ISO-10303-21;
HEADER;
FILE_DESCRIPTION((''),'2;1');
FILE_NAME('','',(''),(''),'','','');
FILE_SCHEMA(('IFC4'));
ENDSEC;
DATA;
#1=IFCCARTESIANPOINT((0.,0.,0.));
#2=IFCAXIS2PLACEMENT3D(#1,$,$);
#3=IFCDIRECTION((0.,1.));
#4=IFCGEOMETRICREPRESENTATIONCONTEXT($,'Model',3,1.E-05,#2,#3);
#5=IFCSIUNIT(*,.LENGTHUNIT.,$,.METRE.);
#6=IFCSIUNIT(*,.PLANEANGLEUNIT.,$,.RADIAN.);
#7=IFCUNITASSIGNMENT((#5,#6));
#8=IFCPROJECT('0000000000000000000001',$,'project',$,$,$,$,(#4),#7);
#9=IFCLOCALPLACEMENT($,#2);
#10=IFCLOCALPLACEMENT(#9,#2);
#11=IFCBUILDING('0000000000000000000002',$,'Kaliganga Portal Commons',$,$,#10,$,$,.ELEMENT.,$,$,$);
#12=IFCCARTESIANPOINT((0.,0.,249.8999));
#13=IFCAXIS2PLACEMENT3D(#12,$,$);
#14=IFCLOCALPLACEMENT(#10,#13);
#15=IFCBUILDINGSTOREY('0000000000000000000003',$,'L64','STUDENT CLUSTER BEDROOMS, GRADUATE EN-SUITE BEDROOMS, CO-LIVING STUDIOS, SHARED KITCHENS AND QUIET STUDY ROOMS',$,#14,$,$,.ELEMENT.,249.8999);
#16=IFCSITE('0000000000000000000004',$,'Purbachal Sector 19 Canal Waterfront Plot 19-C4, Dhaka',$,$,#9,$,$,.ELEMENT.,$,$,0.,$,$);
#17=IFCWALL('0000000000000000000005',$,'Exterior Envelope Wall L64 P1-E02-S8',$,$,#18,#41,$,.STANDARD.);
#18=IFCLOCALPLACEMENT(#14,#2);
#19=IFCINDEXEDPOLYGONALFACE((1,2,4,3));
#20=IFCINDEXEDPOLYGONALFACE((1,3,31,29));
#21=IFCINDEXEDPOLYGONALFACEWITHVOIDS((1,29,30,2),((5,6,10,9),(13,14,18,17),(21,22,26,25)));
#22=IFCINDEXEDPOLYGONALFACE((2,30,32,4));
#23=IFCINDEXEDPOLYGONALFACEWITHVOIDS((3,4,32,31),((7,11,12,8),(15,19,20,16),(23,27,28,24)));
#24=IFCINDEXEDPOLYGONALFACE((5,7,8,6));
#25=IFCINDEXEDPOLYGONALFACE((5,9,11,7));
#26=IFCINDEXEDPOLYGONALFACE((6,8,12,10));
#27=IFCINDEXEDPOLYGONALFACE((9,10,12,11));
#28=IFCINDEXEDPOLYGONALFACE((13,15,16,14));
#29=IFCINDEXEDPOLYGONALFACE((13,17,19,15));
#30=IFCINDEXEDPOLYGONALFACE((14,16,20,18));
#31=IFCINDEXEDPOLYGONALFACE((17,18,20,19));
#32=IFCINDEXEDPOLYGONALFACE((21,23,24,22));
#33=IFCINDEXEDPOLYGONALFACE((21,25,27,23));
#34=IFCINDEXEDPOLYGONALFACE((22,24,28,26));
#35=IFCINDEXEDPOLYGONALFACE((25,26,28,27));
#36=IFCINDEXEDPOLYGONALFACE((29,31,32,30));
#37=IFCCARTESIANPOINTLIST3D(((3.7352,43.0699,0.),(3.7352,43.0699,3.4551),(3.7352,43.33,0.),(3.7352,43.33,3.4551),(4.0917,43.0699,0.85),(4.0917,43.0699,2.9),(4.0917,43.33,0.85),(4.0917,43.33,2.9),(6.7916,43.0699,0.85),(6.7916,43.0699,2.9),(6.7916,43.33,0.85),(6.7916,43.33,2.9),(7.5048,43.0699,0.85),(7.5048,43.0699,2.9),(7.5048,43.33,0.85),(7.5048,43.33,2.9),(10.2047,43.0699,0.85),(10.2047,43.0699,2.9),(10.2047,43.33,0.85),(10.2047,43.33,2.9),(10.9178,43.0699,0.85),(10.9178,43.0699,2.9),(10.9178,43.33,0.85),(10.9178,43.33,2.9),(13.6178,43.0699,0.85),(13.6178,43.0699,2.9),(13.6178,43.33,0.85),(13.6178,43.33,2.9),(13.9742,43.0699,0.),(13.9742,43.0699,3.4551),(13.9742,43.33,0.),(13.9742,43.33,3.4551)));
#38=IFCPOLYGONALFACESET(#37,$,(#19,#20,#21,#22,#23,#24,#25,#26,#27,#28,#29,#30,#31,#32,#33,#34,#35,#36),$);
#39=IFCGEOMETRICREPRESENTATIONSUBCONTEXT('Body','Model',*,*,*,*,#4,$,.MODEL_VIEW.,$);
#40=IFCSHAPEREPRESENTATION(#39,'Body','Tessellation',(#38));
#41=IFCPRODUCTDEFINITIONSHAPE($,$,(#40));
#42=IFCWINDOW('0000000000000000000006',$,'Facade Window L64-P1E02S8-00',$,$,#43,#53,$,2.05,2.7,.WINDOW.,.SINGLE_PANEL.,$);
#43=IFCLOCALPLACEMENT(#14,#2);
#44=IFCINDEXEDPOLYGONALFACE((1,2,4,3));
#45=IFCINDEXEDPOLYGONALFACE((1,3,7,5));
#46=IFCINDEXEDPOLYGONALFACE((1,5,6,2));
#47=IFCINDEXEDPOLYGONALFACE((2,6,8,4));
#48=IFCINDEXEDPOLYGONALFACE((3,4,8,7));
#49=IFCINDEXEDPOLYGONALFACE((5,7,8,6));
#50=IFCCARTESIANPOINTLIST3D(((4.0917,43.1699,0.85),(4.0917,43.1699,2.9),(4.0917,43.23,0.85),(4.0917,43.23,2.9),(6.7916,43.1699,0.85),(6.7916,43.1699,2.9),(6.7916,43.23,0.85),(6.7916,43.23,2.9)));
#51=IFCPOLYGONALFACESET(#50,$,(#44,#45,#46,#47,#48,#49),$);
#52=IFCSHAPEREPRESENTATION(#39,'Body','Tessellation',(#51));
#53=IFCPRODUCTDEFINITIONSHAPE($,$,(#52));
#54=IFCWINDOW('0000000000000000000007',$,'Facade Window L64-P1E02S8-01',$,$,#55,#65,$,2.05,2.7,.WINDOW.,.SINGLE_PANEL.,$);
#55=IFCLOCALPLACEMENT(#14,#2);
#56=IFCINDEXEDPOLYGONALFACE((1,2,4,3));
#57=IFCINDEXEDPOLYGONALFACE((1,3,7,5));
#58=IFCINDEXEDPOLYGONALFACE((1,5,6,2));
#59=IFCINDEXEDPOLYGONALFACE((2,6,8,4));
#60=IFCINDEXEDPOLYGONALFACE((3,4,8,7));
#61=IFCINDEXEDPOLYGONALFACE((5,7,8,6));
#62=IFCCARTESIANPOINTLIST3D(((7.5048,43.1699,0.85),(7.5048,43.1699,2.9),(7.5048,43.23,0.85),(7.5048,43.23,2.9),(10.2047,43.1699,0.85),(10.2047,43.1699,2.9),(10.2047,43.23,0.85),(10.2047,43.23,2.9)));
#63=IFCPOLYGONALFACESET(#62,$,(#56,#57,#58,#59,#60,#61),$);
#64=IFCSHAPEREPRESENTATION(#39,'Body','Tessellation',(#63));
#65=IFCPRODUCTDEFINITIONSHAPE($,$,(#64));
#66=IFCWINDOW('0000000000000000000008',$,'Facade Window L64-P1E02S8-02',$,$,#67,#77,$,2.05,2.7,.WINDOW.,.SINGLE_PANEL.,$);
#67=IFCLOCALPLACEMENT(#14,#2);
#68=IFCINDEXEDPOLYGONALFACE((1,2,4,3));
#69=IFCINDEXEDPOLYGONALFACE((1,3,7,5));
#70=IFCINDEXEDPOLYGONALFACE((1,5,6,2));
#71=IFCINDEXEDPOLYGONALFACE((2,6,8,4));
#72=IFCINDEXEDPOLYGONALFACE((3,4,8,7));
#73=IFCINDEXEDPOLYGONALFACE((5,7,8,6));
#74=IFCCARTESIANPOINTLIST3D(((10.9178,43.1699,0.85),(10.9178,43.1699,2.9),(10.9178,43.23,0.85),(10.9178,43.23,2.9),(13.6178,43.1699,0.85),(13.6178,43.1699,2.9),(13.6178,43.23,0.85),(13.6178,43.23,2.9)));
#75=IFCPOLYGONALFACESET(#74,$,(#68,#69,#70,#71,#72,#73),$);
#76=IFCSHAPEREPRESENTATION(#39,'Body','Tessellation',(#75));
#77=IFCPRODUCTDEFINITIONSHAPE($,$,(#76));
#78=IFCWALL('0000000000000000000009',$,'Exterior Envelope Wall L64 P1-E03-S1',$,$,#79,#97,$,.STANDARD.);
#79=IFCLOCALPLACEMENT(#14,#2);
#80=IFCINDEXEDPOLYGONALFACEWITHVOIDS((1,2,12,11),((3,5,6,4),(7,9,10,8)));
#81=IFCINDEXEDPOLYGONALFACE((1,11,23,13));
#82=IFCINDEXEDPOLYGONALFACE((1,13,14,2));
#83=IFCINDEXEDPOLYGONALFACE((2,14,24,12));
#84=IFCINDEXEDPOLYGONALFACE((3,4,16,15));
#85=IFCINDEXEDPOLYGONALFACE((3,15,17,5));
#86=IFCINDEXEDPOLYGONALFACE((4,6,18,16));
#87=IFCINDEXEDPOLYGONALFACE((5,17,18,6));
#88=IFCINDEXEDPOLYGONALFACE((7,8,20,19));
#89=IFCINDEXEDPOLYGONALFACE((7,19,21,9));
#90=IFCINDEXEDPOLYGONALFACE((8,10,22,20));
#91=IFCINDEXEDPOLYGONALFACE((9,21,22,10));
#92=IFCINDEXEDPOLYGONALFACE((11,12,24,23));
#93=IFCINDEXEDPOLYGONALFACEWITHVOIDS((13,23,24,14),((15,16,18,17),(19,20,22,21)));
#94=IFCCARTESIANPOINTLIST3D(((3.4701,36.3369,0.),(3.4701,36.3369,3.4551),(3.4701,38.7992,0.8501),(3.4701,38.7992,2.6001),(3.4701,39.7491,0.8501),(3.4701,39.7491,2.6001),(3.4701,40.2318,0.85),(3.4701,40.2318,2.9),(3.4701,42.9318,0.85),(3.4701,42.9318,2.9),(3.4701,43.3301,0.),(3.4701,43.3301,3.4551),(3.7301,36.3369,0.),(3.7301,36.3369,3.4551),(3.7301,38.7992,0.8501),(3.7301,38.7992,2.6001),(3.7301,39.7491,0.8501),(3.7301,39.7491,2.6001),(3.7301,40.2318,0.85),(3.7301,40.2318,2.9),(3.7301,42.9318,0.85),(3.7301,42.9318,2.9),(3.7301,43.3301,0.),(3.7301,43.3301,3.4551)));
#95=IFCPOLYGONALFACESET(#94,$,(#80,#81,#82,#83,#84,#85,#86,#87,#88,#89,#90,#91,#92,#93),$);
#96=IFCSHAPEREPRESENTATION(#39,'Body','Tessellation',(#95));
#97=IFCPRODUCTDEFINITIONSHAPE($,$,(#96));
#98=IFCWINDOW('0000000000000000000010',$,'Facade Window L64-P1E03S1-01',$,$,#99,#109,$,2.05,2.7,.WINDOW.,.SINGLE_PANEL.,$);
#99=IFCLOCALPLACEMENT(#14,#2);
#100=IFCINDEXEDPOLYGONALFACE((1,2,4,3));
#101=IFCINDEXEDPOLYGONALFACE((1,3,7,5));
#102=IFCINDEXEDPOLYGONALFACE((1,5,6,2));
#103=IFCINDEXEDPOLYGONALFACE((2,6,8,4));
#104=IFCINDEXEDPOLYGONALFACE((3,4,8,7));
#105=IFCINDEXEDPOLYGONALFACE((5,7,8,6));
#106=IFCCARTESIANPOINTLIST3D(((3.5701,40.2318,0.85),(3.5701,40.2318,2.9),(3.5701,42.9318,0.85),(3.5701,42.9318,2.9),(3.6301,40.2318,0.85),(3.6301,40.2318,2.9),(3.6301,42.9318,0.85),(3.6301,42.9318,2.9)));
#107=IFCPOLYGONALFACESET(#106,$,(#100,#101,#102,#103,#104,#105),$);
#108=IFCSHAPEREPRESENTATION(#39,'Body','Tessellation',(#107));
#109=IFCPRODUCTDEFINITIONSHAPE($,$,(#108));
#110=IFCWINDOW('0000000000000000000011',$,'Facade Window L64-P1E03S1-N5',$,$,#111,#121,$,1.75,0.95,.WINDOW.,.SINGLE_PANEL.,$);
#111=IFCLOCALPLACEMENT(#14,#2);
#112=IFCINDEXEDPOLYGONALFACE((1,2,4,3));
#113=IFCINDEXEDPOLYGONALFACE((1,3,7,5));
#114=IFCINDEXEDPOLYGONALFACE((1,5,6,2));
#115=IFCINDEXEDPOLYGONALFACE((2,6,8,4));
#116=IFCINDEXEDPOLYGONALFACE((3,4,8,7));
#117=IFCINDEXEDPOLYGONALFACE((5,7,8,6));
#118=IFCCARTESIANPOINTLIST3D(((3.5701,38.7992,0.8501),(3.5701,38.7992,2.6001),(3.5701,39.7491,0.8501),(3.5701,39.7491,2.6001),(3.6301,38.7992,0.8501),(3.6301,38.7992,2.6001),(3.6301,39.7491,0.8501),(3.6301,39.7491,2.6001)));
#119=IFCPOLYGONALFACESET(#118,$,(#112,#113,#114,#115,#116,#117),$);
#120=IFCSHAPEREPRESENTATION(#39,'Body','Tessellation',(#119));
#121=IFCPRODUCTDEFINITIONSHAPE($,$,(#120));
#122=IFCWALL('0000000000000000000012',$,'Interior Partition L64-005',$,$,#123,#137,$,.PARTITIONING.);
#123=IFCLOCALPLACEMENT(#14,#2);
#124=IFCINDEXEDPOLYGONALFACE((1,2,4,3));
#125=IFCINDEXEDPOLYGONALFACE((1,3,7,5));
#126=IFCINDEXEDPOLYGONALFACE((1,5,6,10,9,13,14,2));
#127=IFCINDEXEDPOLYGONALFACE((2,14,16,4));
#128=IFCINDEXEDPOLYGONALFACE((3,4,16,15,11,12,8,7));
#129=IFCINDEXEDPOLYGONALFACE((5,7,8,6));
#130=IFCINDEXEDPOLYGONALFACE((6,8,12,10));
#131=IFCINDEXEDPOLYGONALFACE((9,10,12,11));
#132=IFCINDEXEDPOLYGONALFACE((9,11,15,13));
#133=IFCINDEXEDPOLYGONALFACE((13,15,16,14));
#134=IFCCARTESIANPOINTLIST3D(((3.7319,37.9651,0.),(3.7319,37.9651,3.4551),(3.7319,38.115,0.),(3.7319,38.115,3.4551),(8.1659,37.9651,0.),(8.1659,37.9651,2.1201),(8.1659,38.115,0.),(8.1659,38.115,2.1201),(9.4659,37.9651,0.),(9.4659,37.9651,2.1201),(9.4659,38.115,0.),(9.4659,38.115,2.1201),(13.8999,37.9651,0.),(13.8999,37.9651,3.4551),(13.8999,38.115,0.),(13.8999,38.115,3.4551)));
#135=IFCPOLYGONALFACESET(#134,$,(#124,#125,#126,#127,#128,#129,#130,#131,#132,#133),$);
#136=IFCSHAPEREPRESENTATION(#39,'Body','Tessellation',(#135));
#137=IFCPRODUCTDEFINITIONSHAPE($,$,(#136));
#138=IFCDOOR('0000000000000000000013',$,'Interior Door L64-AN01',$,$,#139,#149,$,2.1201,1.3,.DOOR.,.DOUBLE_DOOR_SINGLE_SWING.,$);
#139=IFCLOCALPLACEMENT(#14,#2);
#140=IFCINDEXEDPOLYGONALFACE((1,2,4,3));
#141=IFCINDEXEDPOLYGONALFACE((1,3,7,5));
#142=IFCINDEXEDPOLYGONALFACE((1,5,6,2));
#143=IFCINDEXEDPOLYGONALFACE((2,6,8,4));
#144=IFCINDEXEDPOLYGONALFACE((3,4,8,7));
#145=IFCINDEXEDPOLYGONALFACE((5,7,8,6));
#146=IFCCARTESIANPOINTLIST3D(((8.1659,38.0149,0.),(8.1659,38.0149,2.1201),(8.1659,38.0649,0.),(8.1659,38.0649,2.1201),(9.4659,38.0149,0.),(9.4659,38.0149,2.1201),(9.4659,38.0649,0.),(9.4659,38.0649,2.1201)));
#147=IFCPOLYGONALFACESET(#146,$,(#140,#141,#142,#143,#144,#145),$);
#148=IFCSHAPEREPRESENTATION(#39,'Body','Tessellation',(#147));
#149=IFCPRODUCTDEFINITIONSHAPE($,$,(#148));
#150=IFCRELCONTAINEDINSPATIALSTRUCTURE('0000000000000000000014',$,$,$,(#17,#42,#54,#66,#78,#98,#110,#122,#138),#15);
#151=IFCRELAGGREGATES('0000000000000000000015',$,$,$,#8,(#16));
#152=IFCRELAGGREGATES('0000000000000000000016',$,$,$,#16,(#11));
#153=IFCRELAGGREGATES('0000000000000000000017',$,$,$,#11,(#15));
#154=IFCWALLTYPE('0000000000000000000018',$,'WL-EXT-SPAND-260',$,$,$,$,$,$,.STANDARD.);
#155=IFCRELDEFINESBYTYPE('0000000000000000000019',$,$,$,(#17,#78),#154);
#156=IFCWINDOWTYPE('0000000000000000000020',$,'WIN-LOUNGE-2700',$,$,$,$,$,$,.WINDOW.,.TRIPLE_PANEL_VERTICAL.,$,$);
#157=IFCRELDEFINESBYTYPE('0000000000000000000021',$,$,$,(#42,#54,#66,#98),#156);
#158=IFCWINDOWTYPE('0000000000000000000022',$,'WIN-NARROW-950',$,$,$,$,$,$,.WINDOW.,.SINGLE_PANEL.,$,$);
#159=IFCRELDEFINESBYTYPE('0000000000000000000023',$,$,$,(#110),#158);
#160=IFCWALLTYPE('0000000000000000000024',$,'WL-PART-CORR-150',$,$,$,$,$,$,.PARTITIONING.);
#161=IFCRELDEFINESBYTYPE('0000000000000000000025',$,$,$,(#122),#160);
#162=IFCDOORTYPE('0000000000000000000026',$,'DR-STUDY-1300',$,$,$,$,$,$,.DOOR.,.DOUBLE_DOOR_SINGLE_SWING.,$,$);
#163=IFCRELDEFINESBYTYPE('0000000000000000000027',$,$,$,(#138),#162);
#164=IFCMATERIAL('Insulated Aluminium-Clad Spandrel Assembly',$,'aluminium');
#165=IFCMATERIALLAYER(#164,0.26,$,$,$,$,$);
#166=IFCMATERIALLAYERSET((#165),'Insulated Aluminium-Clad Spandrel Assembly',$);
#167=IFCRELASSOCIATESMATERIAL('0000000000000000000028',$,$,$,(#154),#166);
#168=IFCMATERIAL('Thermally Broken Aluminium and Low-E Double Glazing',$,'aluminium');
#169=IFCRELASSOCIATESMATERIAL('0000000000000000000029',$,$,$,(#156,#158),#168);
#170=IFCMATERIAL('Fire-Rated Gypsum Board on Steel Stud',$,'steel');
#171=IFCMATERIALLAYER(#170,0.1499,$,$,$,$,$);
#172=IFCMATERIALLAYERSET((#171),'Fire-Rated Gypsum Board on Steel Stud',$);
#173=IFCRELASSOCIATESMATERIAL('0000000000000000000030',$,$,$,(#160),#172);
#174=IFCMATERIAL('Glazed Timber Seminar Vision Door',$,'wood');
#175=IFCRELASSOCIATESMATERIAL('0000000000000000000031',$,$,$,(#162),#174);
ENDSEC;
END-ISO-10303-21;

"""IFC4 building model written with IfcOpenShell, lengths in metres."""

from ifc_helpers import new_model, si_unit, direction, frame, frame_2d, origin, place, context, subcontext, project, spatial, rectangle, extrude, material, layer, layer_set, type_object, element, fill, save


model = new_model("IFC4")

# Units and contexts
model_context = context("Model", 3, precision=1e-05, world=origin(), true_north=direction((0.0, 1.0)))
body_context = subcontext(model_context, "Body", "Model", "MODEL_VIEW")
ifc_project = project(units=[si_unit("LENGTHUNIT", "METRE"), si_unit("PLANEANGLEUNIT", "RADIAN")], contexts=[model_context])

# Site, building, storey
site_placement = place(None, origin())
site = spatial("IfcSite", under=ifc_project, at=site_placement, Name="Purbachal Sector 19 Canal Waterfront Plot 19-C4, Dhaka", CompositionType="ELEMENT", RefElevation=0.0)
building_placement = place(site_placement, origin())
building = spatial("IfcBuilding", under=site, at=building_placement, Name="Kaliganga Portal Commons", CompositionType="ELEMENT")
storey_placement = place(building_placement, frame((0.0, 0.0, 249.8999)))
storey = spatial("IfcBuildingStorey", under=building, at=storey_placement, Name="L64", Description="STUDENT CLUSTER BEDROOMS, GRADUATE EN-SUITE BEDROOMS, CO-LIVING STUDIOS, SHARED KITCHENS AND QUIET STUDY ROOMS", CompositionType="ELEMENT", Elevation=249.8999)

# Walls, openings, windows
ifc_material_1 = material(Name="Insulated Aluminium-Clad Spandrel Assembly", Category="aluminium")
ifc_layer_1 = layer(ifc_material_1, 0.26)
ifc_layer_set_1 = layer_set([ifc_layer_1], Name="Insulated Aluminium-Clad Spandrel Assembly")
wall_type_1 = type_object("IfcWallType", Name="WL-EXT-SPAND-260", PredefinedType="STANDARD", material=ifc_layer_set_1)
wall_1_placement = place(storey_placement, frame((3.7351, 43.2, 0.0), z_axis=(0.0, 0.0, 1.0), x_axis=(1.0, 0.0, 0.0)))
wall_1 = element("IfcWall", 1, at=wall_1_placement, inside=storey, type_object=wall_type_1, Name="Exterior Envelope Wall L64 P1-E02-S8", PredefinedType="STANDARD", context=body_context, shape_type="SweptSolid", body=[
    extrude(rectangle(XDim=10.239, YDim=0.26, at=frame_2d((5.1196, 0.0))), origin(), (0.0, 0.0, 1.0), 3.4551),
])
opening_1_placement = place(wall_1_placement, frame((0.3564, 0.0, 0.8501)))
opening_1 = element("IfcOpeningElement", 2, at=opening_1_placement, cuts=wall_1, PredefinedType="OPENING", context=body_context, shape_type="SweptSolid", body=[
    extrude(rectangle(XDim=2.7, YDim=2.05, at=frame_2d((1.3501, 1.0249))), frame((0.0, 0.1401, 0.0), z_axis=(0.0, -1.0, 0.0), x_axis=(1.0, 0.0, 0.0)), (0.0, 0.0, 1.0), 0.28),
])
opening_2_placement = place(wall_1_placement, frame((3.7695, 0.0, 0.8501)))
opening_2 = element("IfcOpeningElement", 3, at=opening_2_placement, cuts=wall_1, PredefinedType="OPENING", context=body_context, shape_type="SweptSolid", body=[
    extrude(rectangle(XDim=2.7, YDim=2.05, at=frame_2d((1.3501, 1.0249))), frame((0.0, 0.1401, 0.0), z_axis=(0.0, -1.0, 0.0), x_axis=(1.0, 0.0, 0.0)), (0.0, 0.0, 1.0), 0.28),
])
opening_3_placement = place(wall_1_placement, frame((7.1826, 0.0, 0.8501)))
opening_3 = element("IfcOpeningElement", 4, at=opening_3_placement, cuts=wall_1, PredefinedType="OPENING", context=body_context, shape_type="SweptSolid", body=[
    extrude(rectangle(XDim=2.7, YDim=2.05, at=frame_2d((1.3501, 1.0249))), frame((0.0, 0.1401, 0.0), z_axis=(0.0, -1.0, 0.0), x_axis=(1.0, 0.0, 0.0)), (0.0, 0.0, 1.0), 0.28),
])
ifc_material_2 = material(Name="Thermally Broken Aluminium and Low-E Double Glazing", Category="aluminium")
window_type_1 = type_object("IfcWindowType", Name="WIN-LOUNGE-2700", PartitioningType="TRIPLE_PANEL_VERTICAL", PredefinedType="WINDOW", material=ifc_material_2)
window_1_placement = place(opening_1_placement, origin())
window_1 = element("IfcWindow", 5, at=window_1_placement, inside=storey, type_object=window_type_1, Name="Facade Window L64-P1E02S8-00", OverallHeight=2.05, OverallWidth=2.7, PartitioningType="SINGLE_PANEL", PredefinedType="WINDOW", context=body_context, shape_type="SweptSolid", body=[
    extrude(rectangle(XDim=2.7, YDim=2.05, at=frame_2d((1.3501, 1.0249))), frame((0.0, 0.03, 0.0), z_axis=(0.0, -1.0, 0.0), x_axis=(1.0, 0.0, 0.0)), (0.0, 0.0, 1.0), 0.0601),
])
fill(opening_1, window_1)
window_2_placement = place(opening_2_placement, origin())
window_2 = element("IfcWindow", 6, at=window_2_placement, inside=storey, type_object=window_type_1, Name="Facade Window L64-P1E02S8-01", OverallHeight=2.05, OverallWidth=2.7, PartitioningType="SINGLE_PANEL", PredefinedType="WINDOW", context=body_context, shape_type="SweptSolid", body=[
    extrude(rectangle(XDim=2.7, YDim=2.05, at=frame_2d((1.3501, 1.0249))), frame((0.0, 0.03, 0.0), z_axis=(0.0, -1.0, 0.0), x_axis=(1.0, 0.0, 0.0)), (0.0, 0.0, 1.0), 0.0601),
])
fill(opening_2, window_2)
window_3_placement = place(opening_3_placement, origin())
window_3 = element("IfcWindow", 7, at=window_3_placement, inside=storey, type_object=window_type_1, Name="Facade Window L64-P1E02S8-02", OverallHeight=2.05, OverallWidth=2.7, PartitioningType="SINGLE_PANEL", PredefinedType="WINDOW", context=body_context, shape_type="SweptSolid", body=[
    extrude(rectangle(XDim=2.7, YDim=2.05, at=frame_2d((1.3501, 1.0249))), frame((0.0, 0.03, 0.0), z_axis=(0.0, -1.0, 0.0), x_axis=(1.0, 0.0, 0.0)), (0.0, 0.0, 1.0), 0.0601),
])
fill(opening_3, window_3)
wall_2_placement = place(storey_placement, frame((3.6001, 36.3369, 0.0), z_axis=(0.0, 0.0, 1.0), x_axis=(0.0, 1.0, 0.0)))
wall_2 = element("IfcWall", 8, at=wall_2_placement, inside=storey, type_object=wall_type_1, Name="Exterior Envelope Wall L64 P1-E03-S1", PredefinedType="STANDARD", context=body_context, shape_type="SweptSolid", body=[
    extrude(rectangle(XDim=6.9932, YDim=0.26, at=frame_2d((3.4966, 0.0))), origin(), (0.0, 0.0, 1.0), 3.4551),
])
opening_4_placement = place(wall_2_placement, frame((3.8948, 0.0, 0.8501)))
opening_4 = element("IfcOpeningElement", 9, at=opening_4_placement, cuts=wall_2, PredefinedType="OPENING", context=body_context, shape_type="SweptSolid", body=[
    extrude(rectangle(XDim=2.7, YDim=2.05, at=frame_2d((1.3501, 1.0249))), frame((0.0, 0.1401, 0.0), z_axis=(0.0, -1.0, 0.0), x_axis=(1.0, 0.0, 0.0)), (0.0, 0.0, 1.0), 0.28),
])
opening_5_placement = place(wall_2_placement, frame((2.4622, 0.0, 0.8501)))
opening_5 = element("IfcOpeningElement", 10, at=opening_5_placement, cuts=wall_2, PredefinedType="OPENING", context=body_context, shape_type="SweptSolid", body=[
    extrude(rectangle(XDim=0.95, YDim=1.75, at=frame_2d((0.4751, 0.875))), frame((0.0, 0.1401, 0.0), z_axis=(0.0, -1.0, 0.0), x_axis=(1.0, 0.0, 0.0)), (0.0, 0.0, 1.0), 0.28),
])
window_4_placement = place(opening_4_placement, origin())
window_4 = element("IfcWindow", 11, at=window_4_placement, inside=storey, type_object=window_type_1, Name="Facade Window L64-P1E03S1-01", OverallHeight=2.05, OverallWidth=2.7, PartitioningType="SINGLE_PANEL", PredefinedType="WINDOW", context=body_context, shape_type="SweptSolid", body=[
    extrude(rectangle(XDim=2.7, YDim=2.05, at=frame_2d((1.3501, 1.0249))), frame((0.0, 0.03, 0.0), z_axis=(0.0, -1.0, 0.0), x_axis=(1.0, 0.0, 0.0)), (0.0, 0.0, 1.0), 0.0601),
])
fill(opening_4, window_4)
window_type_2 = type_object("IfcWindowType", Name="WIN-NARROW-950", PartitioningType="SINGLE_PANEL", PredefinedType="WINDOW", material=ifc_material_2)
window_5_placement = place(opening_5_placement, origin())
window_5 = element("IfcWindow", 12, at=window_5_placement, inside=storey, type_object=window_type_2, Name="Facade Window L64-P1E03S1-N5", OverallHeight=1.75, OverallWidth=0.95, PartitioningType="SINGLE_PANEL", PredefinedType="WINDOW", context=body_context, shape_type="SweptSolid", body=[
    extrude(rectangle(XDim=0.95, YDim=1.75, at=frame_2d((0.4751, 0.875))), frame((0.0, 0.03, 0.0), z_axis=(0.0, -1.0, 0.0), x_axis=(1.0, 0.0, 0.0)), (0.0, 0.0, 1.0), 0.0601),
])
fill(opening_5, window_5)

# Wall, opening, door
ifc_material_3 = material(Name="Fire-Rated Gypsum Board on Steel Stud", Category="steel")
ifc_layer_2 = layer(ifc_material_3, 0.1499)
ifc_layer_set_2 = layer_set([ifc_layer_2], Name="Fire-Rated Gypsum Board on Steel Stud")
wall_type_2 = type_object("IfcWallType", Name="WL-PART-CORR-150", PredefinedType="PARTITIONING", material=ifc_layer_set_2)
wall_3_placement = place(storey_placement, frame((3.7319, 38.04, 0.0), z_axis=(0.0, 0.0, 1.0), x_axis=(1.0, 0.0, 0.0)))
wall_3 = element("IfcWall", 13, at=wall_3_placement, inside=storey, type_object=wall_type_2, Name="Interior Partition L64-005", PredefinedType="PARTITIONING", context=body_context, shape_type="SweptSolid", body=[
    extrude(rectangle(XDim=10.168, YDim=0.1499, at=frame_2d((5.084, 0.0))), origin(), (0.0, 0.0, 1.0), 3.4551),
])
opening_6_placement = place(wall_3_placement, frame((4.4341, 0.0, 0.0)))
opening_6 = element("IfcOpeningElement", 14, at=opening_6_placement, cuts=wall_3, PredefinedType="OPENING", context=body_context, shape_type="SweptSolid", body=[
    extrude(rectangle(XDim=1.3, YDim=2.1201, at=frame_2d((0.6499, 1.0601))), frame((0.0, 0.085, 0.0), z_axis=(0.0, -1.0, 0.0), x_axis=(1.0, 0.0, 0.0)), (0.0, 0.0, 1.0), 0.1699),
])
ifc_material_4 = material(Name="Glazed Timber Seminar Vision Door", Category="wood")
door_type_1 = type_object("IfcDoorType", Name="DR-STUDY-1300", OperationType="DOUBLE_DOOR_SINGLE_SWING", PredefinedType="DOOR", material=ifc_material_4)
door_1_placement = place(opening_6_placement, origin())
door_1 = element("IfcDoor", 15, at=door_1_placement, inside=storey, type_object=door_type_1, Name="Interior Door L64-AN01", OperationType="DOUBLE_DOOR_SINGLE_SWING", OverallHeight=2.1201, OverallWidth=1.3, PredefinedType="DOOR", context=body_context, shape_type="SweptSolid", body=[
    extrude(rectangle(XDim=1.3, YDim=2.1201, at=frame_2d((0.6499, 1.0601))), frame((0.0, 0.0249, 0.0), z_axis=(0.0, -1.0, 0.0), x_axis=(1.0, 0.0, 0.0)), (0.0, 0.0, 1.0), 0.05),
])
fill(opening_6, door_1)

save(model, "model.ifc")
